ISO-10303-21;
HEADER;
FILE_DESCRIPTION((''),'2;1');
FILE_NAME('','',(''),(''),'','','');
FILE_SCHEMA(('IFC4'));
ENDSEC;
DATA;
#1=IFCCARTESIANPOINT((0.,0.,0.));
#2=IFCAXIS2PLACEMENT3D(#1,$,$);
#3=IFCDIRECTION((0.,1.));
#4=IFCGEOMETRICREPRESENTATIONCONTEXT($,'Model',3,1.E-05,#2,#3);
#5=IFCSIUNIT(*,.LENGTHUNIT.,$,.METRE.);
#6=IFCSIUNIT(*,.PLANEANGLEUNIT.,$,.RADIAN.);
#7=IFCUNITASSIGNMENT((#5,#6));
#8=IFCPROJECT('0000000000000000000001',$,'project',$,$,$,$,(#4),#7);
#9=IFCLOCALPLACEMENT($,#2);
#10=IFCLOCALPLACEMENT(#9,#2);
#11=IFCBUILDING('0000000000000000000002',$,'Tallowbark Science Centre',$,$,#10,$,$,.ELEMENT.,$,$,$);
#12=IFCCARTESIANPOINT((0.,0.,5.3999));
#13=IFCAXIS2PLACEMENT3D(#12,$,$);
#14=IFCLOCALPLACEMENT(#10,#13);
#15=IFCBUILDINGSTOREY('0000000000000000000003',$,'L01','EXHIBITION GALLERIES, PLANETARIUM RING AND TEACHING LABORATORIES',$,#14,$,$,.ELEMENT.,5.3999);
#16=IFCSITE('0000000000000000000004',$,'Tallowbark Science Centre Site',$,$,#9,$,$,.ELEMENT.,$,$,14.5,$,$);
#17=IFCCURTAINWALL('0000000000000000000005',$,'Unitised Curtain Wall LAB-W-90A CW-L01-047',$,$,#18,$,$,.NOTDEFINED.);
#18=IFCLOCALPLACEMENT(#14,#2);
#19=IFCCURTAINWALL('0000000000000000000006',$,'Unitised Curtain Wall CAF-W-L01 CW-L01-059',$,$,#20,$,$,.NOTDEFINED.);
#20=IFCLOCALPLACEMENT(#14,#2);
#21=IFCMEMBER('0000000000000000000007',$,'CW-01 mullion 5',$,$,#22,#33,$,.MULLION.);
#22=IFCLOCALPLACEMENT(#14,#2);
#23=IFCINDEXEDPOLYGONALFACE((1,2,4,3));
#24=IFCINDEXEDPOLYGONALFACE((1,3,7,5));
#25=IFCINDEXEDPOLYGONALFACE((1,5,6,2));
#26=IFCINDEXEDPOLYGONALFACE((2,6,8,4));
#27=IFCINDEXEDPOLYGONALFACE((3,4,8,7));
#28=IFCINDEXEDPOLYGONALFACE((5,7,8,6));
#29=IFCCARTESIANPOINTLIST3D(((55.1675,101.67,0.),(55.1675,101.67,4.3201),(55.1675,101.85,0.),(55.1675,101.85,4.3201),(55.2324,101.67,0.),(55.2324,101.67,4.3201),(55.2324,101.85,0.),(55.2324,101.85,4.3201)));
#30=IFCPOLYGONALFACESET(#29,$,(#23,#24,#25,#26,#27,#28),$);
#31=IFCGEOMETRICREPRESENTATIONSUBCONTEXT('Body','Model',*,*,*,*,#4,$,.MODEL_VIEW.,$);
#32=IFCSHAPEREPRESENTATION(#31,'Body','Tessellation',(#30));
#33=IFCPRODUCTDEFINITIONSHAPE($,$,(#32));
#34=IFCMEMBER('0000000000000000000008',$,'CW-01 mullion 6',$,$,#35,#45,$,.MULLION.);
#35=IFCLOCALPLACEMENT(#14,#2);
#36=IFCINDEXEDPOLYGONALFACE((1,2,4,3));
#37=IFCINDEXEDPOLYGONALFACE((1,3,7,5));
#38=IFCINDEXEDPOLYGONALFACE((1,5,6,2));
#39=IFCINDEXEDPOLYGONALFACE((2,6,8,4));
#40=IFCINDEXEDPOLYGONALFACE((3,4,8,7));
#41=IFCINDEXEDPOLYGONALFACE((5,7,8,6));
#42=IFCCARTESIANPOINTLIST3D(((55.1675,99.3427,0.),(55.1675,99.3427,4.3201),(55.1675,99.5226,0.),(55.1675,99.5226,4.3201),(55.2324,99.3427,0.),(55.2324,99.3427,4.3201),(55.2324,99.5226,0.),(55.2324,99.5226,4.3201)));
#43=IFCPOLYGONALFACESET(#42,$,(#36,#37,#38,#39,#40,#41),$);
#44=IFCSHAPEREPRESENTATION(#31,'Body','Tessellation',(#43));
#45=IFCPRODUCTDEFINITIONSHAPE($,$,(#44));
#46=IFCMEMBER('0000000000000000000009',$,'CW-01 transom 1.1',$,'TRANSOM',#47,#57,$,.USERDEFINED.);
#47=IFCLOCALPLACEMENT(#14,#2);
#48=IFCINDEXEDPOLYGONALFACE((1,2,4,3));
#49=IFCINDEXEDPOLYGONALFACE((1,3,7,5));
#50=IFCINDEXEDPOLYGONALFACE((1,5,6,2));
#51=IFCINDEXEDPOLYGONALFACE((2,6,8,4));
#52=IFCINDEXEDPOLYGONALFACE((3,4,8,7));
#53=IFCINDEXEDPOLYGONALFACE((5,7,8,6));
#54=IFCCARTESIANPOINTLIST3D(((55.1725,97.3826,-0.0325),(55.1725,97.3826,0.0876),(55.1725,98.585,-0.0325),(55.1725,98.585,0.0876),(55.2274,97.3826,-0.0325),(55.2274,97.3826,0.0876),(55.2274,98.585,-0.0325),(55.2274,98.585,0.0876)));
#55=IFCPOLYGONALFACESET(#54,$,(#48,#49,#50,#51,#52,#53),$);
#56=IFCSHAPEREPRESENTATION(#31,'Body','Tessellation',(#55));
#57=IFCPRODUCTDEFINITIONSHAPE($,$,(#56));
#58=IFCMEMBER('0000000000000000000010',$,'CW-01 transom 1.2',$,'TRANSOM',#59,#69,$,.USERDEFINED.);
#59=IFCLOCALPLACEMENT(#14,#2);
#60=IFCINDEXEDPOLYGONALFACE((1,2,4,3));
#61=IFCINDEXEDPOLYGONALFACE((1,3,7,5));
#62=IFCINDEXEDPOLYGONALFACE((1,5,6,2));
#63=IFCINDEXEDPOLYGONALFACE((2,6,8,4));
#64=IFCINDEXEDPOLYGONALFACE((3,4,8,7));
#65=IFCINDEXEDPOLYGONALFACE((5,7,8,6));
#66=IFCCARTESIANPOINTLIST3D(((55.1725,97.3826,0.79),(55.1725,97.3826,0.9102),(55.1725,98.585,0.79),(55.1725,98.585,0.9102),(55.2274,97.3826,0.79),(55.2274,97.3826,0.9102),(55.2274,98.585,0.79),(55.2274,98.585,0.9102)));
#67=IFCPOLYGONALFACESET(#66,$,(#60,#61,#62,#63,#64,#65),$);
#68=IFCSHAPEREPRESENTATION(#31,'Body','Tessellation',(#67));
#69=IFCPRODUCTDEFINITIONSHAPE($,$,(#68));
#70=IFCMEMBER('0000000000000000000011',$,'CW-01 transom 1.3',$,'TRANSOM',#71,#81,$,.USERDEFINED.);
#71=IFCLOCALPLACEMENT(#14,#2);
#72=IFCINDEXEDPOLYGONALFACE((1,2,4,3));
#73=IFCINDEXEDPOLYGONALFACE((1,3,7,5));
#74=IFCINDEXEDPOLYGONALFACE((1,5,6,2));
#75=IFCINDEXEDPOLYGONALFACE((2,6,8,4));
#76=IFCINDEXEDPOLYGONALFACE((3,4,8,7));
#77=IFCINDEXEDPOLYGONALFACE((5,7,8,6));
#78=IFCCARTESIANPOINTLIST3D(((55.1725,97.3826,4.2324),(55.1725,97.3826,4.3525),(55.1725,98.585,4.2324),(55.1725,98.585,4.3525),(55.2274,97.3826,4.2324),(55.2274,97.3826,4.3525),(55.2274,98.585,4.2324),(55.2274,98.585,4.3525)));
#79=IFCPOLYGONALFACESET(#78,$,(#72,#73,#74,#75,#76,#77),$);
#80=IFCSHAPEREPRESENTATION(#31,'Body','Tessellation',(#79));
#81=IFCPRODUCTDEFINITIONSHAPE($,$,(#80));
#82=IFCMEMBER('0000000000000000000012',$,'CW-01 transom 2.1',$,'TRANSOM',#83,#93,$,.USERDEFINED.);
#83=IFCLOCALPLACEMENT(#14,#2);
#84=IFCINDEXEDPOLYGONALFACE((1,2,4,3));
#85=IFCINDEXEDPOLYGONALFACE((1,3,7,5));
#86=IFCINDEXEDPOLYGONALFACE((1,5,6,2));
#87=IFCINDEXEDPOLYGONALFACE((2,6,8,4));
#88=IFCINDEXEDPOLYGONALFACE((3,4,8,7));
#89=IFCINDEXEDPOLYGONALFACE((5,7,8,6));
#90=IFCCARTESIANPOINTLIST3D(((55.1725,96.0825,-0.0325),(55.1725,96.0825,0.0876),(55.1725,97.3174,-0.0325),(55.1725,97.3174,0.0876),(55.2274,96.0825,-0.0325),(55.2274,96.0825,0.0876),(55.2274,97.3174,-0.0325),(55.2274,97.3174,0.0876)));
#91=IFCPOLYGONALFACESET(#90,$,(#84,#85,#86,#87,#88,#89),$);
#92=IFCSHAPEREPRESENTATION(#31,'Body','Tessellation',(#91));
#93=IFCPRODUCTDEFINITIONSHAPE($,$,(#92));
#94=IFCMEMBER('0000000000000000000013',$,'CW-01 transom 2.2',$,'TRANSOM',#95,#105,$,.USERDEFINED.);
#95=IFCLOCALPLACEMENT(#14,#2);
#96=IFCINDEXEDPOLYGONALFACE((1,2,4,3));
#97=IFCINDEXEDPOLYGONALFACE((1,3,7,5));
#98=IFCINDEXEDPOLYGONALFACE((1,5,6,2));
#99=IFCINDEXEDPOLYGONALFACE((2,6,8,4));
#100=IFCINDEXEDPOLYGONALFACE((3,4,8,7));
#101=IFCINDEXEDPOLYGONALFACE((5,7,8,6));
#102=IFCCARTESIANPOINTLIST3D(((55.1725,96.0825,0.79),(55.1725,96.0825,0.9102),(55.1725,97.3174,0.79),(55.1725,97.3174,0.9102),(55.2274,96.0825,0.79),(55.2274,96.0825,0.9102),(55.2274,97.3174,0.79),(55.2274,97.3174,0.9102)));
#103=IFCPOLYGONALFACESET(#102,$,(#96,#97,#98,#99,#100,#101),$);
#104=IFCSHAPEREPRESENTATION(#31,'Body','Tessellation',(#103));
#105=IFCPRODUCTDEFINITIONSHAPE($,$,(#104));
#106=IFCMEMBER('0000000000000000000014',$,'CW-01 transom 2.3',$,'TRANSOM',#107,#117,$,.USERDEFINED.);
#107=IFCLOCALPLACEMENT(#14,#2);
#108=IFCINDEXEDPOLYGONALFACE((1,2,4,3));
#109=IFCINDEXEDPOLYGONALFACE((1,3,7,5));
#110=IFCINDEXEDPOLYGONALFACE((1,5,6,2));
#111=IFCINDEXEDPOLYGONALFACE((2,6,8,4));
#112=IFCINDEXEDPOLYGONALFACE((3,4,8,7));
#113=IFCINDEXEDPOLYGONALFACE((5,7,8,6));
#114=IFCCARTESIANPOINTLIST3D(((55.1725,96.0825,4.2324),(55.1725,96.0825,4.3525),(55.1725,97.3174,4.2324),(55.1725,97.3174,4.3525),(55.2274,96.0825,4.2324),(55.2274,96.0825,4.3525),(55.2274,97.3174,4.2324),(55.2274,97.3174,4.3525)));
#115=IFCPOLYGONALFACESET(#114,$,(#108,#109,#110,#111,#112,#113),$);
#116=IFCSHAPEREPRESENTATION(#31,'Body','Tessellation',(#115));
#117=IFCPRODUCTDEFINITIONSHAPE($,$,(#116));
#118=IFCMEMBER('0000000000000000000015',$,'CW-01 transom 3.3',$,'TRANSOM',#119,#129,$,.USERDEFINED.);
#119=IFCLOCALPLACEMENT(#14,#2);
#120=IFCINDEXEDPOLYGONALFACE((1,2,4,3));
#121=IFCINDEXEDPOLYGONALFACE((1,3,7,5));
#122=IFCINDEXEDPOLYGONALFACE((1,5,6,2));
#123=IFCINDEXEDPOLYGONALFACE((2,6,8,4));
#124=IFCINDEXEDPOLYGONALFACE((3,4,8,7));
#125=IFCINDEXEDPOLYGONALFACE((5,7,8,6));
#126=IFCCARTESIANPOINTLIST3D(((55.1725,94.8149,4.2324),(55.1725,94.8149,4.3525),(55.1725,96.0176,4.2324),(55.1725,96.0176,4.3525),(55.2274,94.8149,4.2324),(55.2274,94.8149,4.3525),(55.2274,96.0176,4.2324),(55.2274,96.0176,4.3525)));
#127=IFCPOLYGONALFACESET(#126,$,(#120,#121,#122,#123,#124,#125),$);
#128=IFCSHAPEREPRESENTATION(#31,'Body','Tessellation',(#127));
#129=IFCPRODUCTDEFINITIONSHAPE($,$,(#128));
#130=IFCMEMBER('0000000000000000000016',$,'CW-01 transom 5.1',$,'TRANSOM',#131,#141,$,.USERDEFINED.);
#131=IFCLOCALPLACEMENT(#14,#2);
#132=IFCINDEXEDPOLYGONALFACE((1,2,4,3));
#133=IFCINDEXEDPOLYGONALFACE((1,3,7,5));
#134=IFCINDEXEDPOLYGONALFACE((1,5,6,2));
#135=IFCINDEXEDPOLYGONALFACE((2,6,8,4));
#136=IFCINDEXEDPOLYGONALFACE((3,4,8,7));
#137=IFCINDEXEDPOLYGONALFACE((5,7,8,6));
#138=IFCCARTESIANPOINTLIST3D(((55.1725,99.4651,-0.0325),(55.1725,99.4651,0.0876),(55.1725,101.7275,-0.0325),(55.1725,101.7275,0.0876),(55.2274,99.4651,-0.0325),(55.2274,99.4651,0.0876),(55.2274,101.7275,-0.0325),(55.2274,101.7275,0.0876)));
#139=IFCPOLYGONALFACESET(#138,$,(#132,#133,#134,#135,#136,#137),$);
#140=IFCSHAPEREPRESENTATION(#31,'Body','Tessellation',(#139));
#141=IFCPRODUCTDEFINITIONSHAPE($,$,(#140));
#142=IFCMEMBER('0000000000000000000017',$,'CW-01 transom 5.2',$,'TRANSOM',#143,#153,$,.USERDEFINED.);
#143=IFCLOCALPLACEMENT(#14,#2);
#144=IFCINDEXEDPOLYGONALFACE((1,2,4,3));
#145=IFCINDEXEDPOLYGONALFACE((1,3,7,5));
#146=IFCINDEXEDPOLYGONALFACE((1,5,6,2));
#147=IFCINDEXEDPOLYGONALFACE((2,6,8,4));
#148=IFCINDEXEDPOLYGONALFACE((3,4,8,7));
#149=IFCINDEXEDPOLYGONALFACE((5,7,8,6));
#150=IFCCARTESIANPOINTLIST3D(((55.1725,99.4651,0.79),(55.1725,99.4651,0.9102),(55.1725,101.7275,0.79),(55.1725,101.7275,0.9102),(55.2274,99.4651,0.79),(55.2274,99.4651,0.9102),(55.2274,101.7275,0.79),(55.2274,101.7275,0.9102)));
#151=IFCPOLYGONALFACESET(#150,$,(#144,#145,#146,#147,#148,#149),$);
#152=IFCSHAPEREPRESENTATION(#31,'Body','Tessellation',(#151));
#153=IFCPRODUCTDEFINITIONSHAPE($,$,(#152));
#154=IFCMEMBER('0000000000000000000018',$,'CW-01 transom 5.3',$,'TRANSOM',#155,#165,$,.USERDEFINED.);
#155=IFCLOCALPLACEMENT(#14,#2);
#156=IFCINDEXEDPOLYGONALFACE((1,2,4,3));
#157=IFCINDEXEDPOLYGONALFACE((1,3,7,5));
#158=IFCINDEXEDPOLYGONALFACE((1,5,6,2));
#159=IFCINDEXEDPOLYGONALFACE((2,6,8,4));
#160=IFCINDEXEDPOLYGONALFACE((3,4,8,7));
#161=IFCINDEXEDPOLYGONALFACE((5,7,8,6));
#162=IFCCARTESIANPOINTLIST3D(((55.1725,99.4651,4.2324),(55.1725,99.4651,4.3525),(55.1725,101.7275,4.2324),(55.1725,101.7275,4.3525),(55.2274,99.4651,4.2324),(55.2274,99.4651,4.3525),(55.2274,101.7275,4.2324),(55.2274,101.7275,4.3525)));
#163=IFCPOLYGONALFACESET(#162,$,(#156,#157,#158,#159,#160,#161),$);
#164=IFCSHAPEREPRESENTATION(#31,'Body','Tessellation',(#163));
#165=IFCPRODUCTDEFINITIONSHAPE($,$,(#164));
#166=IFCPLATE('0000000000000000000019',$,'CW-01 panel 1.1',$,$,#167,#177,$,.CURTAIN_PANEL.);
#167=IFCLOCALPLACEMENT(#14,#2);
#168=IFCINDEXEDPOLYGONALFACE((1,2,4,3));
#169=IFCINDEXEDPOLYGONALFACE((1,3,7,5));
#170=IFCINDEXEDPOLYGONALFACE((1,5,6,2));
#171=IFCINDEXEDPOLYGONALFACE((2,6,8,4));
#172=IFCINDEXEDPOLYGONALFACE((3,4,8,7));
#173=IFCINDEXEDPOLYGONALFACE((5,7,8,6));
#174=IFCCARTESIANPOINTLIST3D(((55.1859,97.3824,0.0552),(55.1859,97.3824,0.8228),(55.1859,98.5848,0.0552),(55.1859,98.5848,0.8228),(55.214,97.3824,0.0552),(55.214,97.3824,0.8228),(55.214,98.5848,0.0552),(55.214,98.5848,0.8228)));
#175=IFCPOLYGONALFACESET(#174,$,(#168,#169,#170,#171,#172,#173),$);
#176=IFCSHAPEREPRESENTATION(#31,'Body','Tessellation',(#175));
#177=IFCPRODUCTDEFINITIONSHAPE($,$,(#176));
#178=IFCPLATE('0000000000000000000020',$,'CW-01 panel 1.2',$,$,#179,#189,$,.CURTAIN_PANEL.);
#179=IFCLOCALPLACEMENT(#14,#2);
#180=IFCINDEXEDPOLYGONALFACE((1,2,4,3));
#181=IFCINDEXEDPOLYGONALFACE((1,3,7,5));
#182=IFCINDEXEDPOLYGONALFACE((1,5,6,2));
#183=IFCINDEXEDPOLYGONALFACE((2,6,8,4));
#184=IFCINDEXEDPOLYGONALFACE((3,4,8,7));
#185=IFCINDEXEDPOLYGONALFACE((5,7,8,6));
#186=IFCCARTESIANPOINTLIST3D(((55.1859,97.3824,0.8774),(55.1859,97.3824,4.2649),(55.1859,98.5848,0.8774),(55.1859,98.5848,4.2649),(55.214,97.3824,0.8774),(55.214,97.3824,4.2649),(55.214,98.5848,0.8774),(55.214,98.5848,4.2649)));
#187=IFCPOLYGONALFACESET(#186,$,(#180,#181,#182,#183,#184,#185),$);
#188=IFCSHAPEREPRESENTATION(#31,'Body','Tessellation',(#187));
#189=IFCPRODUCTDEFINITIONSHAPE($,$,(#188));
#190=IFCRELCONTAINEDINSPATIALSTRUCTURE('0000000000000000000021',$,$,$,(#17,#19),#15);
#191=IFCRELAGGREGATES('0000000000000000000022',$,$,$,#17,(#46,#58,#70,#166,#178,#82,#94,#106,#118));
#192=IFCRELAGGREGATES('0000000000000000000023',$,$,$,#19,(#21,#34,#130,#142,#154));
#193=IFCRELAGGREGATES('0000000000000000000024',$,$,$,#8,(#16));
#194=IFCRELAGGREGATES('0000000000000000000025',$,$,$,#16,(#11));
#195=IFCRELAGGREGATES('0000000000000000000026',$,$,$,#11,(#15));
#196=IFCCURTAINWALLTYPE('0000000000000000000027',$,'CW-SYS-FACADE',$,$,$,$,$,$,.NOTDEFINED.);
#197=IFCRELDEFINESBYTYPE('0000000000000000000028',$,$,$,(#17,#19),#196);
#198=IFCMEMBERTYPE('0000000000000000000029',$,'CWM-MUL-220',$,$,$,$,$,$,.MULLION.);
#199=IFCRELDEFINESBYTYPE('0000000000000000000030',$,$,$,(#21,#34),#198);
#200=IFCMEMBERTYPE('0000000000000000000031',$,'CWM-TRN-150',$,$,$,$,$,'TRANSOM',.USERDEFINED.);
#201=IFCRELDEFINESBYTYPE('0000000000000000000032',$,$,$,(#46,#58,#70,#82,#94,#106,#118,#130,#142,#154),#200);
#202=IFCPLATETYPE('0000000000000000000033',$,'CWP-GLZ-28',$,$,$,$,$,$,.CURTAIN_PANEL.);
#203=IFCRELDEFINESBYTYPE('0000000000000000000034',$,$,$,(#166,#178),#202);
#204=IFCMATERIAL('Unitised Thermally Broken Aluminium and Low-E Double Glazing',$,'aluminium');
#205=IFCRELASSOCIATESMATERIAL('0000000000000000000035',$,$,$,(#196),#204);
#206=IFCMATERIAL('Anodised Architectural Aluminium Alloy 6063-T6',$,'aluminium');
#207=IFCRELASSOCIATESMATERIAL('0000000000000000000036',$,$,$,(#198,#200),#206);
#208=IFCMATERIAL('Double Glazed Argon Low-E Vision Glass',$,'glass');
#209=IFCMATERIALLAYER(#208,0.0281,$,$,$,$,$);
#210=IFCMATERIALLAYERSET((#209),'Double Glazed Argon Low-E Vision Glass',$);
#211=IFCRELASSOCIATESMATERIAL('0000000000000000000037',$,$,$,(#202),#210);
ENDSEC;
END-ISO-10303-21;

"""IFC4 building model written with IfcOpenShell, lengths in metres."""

from ifc_helpers import new_model, si_unit, direction, frame, origin, origin_2d, place, context, subcontext, project, spatial, rectangle, extrude, material, layer, layer_set, material_profile, profile_set, type_object, element, aggregate, save


model = new_model("IFC4")

# Units and contexts
model_context = context("Model", 3, precision=1e-05, world=origin(), true_north=direction((0.0, 1.0)))
body_context = subcontext(model_context, "Body", "Model", "MODEL_VIEW")
ifc_project = project(units=[si_unit("LENGTHUNIT", "METRE"), si_unit("PLANEANGLEUNIT", "RADIAN")], contexts=[model_context])

# Site, building, storey
site_placement = place(None, origin())
site = spatial("IfcSite", under=ifc_project, at=site_placement, Name="Tallowbark Science Centre Site", CompositionType="ELEMENT", RefElevation=14.5)
building_placement = place(site_placement, origin())
building = spatial("IfcBuilding", under=site, at=building_placement, Name="Tallowbark Science Centre", CompositionType="ELEMENT")
storey_placement = place(building_placement, frame((0.0, 0.0, 5.3999)))
storey = spatial("IfcBuildingStorey", under=building, at=storey_placement, Name="L01", Description="EXHIBITION GALLERIES, PLANETARIUM RING AND TEACHING LABORATORIES", CompositionType="ELEMENT", Elevation=5.3999)

# Curtain walls, members
ifc_material_1 = material(Name="Unitised Thermally Broken Aluminium and Low-E Double Glazing", Category="aluminium")
curtain_wall_type = type_object("IfcCurtainWallType", Name="CW-SYS-FACADE", PredefinedType="NOTDEFINED", material=ifc_material_1)
curtain_wall_1_placement = place(storey_placement, origin())
curtain_wall_1 = element("IfcCurtainWall", 1, at=curtain_wall_1_placement, inside=storey, type_object=curtain_wall_type, Name="Unitised Curtain Wall LAB-W-90A CW-L01-047", PredefinedType="NOTDEFINED")
ifc_material_2 = material(Name="Anodised Architectural Aluminium Alloy 6063-T6", Category="aluminium")
ifc_material_profile_1 = material_profile(ifc_material_2, rectangle(XDim=0.0649, YDim=0.1799, at=origin_2d()), Name="ALU65x180")
ifc_profile_set_1 = profile_set([ifc_material_profile_1], Name="Anodised Architectural Aluminium Alloy 6063-T6")
member_type_1 = type_object("IfcMemberType", Name="CWM-MUL-220", PredefinedType="MULLION", material=ifc_profile_set_1)
curtain_wall_2_placement = place(storey_placement, origin())
curtain_wall_2 = element("IfcCurtainWall", 2, at=curtain_wall_2_placement, inside=storey, type_object=curtain_wall_type, Name="Unitised Curtain Wall CAF-W-L01 CW-L01-059", PredefinedType="NOTDEFINED")
member_1_placement = place(storey_placement, frame((55.2, 101.76, 0.0), z_axis=(0.0, 0.0, 1.0), x_axis=(1.0, 0.0, 0.0)))
member_1 = element("IfcMember", 3, at=member_1_placement, type_object=member_type_1, Name="CW-01 mullion 5", PredefinedType="MULLION", context=body_context, shape_type="SweptSolid", body=[
    extrude(rectangle(XDim=0.0649, YDim=0.1799, at=origin_2d()), origin(), (0.0, 0.0, 1.0), 4.3201),
])
member_2_placement = place(storey_placement, frame((55.2, 99.4326, 0.0), z_axis=(0.0, 0.0, 1.0), x_axis=(1.0, 0.0, 0.0)))
member_2 = element("IfcMember", 4, at=member_2_placement, type_object=member_type_1, Name="CW-01 mullion 6", PredefinedType="MULLION", context=body_context, shape_type="SweptSolid", body=[
    extrude(rectangle(XDim=0.0649, YDim=0.1799, at=origin_2d()), origin(), (0.0, 0.0, 1.0), 4.3201),
])

# Members
ifc_material_profile_2 = material_profile(ifc_material_2, rectangle(XDim=0.0549, YDim=0.1201, at=origin_2d()), Name="ALU55x120")
ifc_profile_set_2 = profile_set([ifc_material_profile_2], Name="Anodised Architectural Aluminium Alloy 6063-T6")
member_type_2 = type_object("IfcMemberType", Name="CWM-TRN-150", ElementType="TRANSOM", PredefinedType="USERDEFINED", material=ifc_profile_set_2)
member_3_placement = place(storey_placement, frame((55.2, 98.585, 0.0276), z_axis=(0.0, -1.0, 0.0), x_axis=(1.0, 0.0, 0.0)))
member_3 = element("IfcMember", 5, at=member_3_placement, type_object=member_type_2, Name="CW-01 transom 1.1", ObjectType="TRANSOM", PredefinedType="USERDEFINED", context=body_context, shape_type="SweptSolid", body=[
    extrude(rectangle(XDim=0.0549, YDim=0.1201, at=origin_2d()), origin(), (0.0, 0.0, 1.0), 1.2024),
])
member_4_placement = place(storey_placement, frame((55.2, 98.585, 0.8501), z_axis=(0.0, -1.0, 0.0), x_axis=(1.0, 0.0, 0.0)))
member_4 = element("IfcMember", 6, at=member_4_placement, type_object=member_type_2, Name="CW-01 transom 1.2", ObjectType="TRANSOM", PredefinedType="USERDEFINED", context=body_context, shape_type="SweptSolid", body=[
    extrude(rectangle(XDim=0.0549, YDim=0.1201, at=origin_2d()), origin(), (0.0, 0.0, 1.0), 1.2024),
])
member_5_placement = place(storey_placement, frame((55.2, 98.585, 4.2925), z_axis=(0.0, -1.0, 0.0), x_axis=(1.0, 0.0, 0.0)))
member_5 = element("IfcMember", 7, at=member_5_placement, type_object=member_type_2, Name="CW-01 transom 1.3", ObjectType="TRANSOM", PredefinedType="USERDEFINED", context=body_context, shape_type="SweptSolid", body=[
    extrude(rectangle(XDim=0.0549, YDim=0.1201, at=origin_2d()), origin(), (0.0, 0.0, 1.0), 1.2024),
])
member_6_placement = place(storey_placement, frame((55.2, 97.3174, 0.0276), z_axis=(0.0, -1.0, 0.0), x_axis=(1.0, 0.0, 0.0)))
member_6 = element("IfcMember", 8, at=member_6_placement, type_object=member_type_2, Name="CW-01 transom 2.1", ObjectType="TRANSOM", PredefinedType="USERDEFINED", context=body_context, shape_type="SweptSolid", body=[
    extrude(rectangle(XDim=0.0549, YDim=0.1201, at=origin_2d()), origin(), (0.0, 0.0, 1.0), 1.2349),
])
member_7_placement = place(storey_placement, frame((55.2, 97.3174, 0.8501), z_axis=(0.0, -1.0, 0.0), x_axis=(1.0, 0.0, 0.0)))
member_7 = element("IfcMember", 9, at=member_7_placement, type_object=member_type_2, Name="CW-01 transom 2.2", ObjectType="TRANSOM", PredefinedType="USERDEFINED", context=body_context, shape_type="SweptSolid", body=[
    extrude(rectangle(XDim=0.0549, YDim=0.1201, at=origin_2d()), origin(), (0.0, 0.0, 1.0), 1.2349),
])
member_8_placement = place(storey_placement, frame((55.2, 97.3174, 4.2925), z_axis=(0.0, -1.0, 0.0), x_axis=(1.0, 0.0, 0.0)))
member_8 = element("IfcMember", 10, at=member_8_placement, type_object=member_type_2, Name="CW-01 transom 2.3", ObjectType="TRANSOM", PredefinedType="USERDEFINED", context=body_context, shape_type="SweptSolid", body=[
    extrude(rectangle(XDim=0.0549, YDim=0.1201, at=origin_2d()), origin(), (0.0, 0.0, 1.0), 1.2349),
])
member_9_placement = place(storey_placement, frame((55.2, 96.0176, 4.2925), z_axis=(0.0, -1.0, 0.0), x_axis=(1.0, 0.0, 0.0)))
member_9 = element("IfcMember", 11, at=member_9_placement, type_object=member_type_2, Name="CW-01 transom 3.3", ObjectType="TRANSOM", PredefinedType="USERDEFINED", context=body_context, shape_type="SweptSolid", body=[
    extrude(rectangle(XDim=0.0549, YDim=0.1201, at=origin_2d()), origin(), (0.0, 0.0, 1.0), 1.2026),
])
member_10_placement = place(storey_placement, frame((55.2, 101.7275, 0.0276), z_axis=(0.0, -1.0, 0.0), x_axis=(1.0, 0.0, 0.0)))
member_10 = element("IfcMember", 12, at=member_10_placement, type_object=member_type_2, Name="CW-01 transom 5.1", ObjectType="TRANSOM", PredefinedType="USERDEFINED", context=body_context, shape_type="SweptSolid", body=[
    extrude(rectangle(XDim=0.0549, YDim=0.1201, at=origin_2d()), origin(), (0.0, 0.0, 1.0), 2.2625),
])
member_11_placement = place(storey_placement, frame((55.2, 101.7275, 0.8501), z_axis=(0.0, -1.0, 0.0), x_axis=(1.0, 0.0, 0.0)))
member_11 = element("IfcMember", 13, at=member_11_placement, type_object=member_type_2, Name="CW-01 transom 5.2", ObjectType="TRANSOM", PredefinedType="USERDEFINED", context=body_context, shape_type="SweptSolid", body=[
    extrude(rectangle(XDim=0.0549, YDim=0.1201, at=origin_2d()), origin(), (0.0, 0.0, 1.0), 2.2625),
])
member_12_placement = place(storey_placement, frame((55.2, 101.7275, 4.2925), z_axis=(0.0, -1.0, 0.0), x_axis=(1.0, 0.0, 0.0)))
member_12 = element("IfcMember", 14, at=member_12_placement, type_object=member_type_2, Name="CW-01 transom 5.3", ObjectType="TRANSOM", PredefinedType="USERDEFINED", context=body_context, shape_type="SweptSolid", body=[
    extrude(rectangle(XDim=0.0549, YDim=0.1201, at=origin_2d()), origin(), (0.0, 0.0, 1.0), 2.2625),
])

# Plates
ifc_material_3 = material(Name="Double Glazed Argon Low-E Vision Glass", Category="glass")
ifc_layer_1 = layer(ifc_material_3, 0.0281)
ifc_layer_set_1 = layer_set([ifc_layer_1], Name="Double Glazed Argon Low-E Vision Glass")
plate_type = type_object("IfcPlateType", Name="CWP-GLZ-28", PredefinedType="CURTAIN_PANEL", material=ifc_layer_set_1)
plate_1_placement = place(storey_placement, frame((55.2, 97.9836, 0.0552), z_axis=(0.0, 0.0, 1.0), x_axis=(0.0, -1.0, 0.0)))
plate_1 = element("IfcPlate", 15, at=plate_1_placement, type_object=plate_type, Name="CW-01 panel 1.1", PredefinedType="CURTAIN_PANEL", context=body_context, shape_type="SweptSolid", body=[
    extrude(rectangle(XDim=1.2024, YDim=0.0281, at=origin_2d()), origin(), (0.0, 0.0, 1.0), 0.7676),
])
plate_2_placement = place(storey_placement, frame((55.2, 97.9836, 0.8774), z_axis=(0.0, 0.0, 1.0), x_axis=(0.0, -1.0, 0.0)))
plate_2 = element("IfcPlate", 16, at=plate_2_placement, type_object=plate_type, Name="CW-01 panel 1.2", PredefinedType="CURTAIN_PANEL", context=body_context, shape_type="SweptSolid", body=[
    extrude(rectangle(XDim=1.2024, YDim=0.0281, at=origin_2d()), origin(), (0.0, 0.0, 1.0), 3.3875),
])
aggregate(curtain_wall_1, [member_3, member_4, member_5, plate_1, plate_2, member_6, member_7, member_8, member_9])
aggregate(curtain_wall_2, [member_1, member_2, member_10, member_11, member_12])

save(model, "model.ifc")
